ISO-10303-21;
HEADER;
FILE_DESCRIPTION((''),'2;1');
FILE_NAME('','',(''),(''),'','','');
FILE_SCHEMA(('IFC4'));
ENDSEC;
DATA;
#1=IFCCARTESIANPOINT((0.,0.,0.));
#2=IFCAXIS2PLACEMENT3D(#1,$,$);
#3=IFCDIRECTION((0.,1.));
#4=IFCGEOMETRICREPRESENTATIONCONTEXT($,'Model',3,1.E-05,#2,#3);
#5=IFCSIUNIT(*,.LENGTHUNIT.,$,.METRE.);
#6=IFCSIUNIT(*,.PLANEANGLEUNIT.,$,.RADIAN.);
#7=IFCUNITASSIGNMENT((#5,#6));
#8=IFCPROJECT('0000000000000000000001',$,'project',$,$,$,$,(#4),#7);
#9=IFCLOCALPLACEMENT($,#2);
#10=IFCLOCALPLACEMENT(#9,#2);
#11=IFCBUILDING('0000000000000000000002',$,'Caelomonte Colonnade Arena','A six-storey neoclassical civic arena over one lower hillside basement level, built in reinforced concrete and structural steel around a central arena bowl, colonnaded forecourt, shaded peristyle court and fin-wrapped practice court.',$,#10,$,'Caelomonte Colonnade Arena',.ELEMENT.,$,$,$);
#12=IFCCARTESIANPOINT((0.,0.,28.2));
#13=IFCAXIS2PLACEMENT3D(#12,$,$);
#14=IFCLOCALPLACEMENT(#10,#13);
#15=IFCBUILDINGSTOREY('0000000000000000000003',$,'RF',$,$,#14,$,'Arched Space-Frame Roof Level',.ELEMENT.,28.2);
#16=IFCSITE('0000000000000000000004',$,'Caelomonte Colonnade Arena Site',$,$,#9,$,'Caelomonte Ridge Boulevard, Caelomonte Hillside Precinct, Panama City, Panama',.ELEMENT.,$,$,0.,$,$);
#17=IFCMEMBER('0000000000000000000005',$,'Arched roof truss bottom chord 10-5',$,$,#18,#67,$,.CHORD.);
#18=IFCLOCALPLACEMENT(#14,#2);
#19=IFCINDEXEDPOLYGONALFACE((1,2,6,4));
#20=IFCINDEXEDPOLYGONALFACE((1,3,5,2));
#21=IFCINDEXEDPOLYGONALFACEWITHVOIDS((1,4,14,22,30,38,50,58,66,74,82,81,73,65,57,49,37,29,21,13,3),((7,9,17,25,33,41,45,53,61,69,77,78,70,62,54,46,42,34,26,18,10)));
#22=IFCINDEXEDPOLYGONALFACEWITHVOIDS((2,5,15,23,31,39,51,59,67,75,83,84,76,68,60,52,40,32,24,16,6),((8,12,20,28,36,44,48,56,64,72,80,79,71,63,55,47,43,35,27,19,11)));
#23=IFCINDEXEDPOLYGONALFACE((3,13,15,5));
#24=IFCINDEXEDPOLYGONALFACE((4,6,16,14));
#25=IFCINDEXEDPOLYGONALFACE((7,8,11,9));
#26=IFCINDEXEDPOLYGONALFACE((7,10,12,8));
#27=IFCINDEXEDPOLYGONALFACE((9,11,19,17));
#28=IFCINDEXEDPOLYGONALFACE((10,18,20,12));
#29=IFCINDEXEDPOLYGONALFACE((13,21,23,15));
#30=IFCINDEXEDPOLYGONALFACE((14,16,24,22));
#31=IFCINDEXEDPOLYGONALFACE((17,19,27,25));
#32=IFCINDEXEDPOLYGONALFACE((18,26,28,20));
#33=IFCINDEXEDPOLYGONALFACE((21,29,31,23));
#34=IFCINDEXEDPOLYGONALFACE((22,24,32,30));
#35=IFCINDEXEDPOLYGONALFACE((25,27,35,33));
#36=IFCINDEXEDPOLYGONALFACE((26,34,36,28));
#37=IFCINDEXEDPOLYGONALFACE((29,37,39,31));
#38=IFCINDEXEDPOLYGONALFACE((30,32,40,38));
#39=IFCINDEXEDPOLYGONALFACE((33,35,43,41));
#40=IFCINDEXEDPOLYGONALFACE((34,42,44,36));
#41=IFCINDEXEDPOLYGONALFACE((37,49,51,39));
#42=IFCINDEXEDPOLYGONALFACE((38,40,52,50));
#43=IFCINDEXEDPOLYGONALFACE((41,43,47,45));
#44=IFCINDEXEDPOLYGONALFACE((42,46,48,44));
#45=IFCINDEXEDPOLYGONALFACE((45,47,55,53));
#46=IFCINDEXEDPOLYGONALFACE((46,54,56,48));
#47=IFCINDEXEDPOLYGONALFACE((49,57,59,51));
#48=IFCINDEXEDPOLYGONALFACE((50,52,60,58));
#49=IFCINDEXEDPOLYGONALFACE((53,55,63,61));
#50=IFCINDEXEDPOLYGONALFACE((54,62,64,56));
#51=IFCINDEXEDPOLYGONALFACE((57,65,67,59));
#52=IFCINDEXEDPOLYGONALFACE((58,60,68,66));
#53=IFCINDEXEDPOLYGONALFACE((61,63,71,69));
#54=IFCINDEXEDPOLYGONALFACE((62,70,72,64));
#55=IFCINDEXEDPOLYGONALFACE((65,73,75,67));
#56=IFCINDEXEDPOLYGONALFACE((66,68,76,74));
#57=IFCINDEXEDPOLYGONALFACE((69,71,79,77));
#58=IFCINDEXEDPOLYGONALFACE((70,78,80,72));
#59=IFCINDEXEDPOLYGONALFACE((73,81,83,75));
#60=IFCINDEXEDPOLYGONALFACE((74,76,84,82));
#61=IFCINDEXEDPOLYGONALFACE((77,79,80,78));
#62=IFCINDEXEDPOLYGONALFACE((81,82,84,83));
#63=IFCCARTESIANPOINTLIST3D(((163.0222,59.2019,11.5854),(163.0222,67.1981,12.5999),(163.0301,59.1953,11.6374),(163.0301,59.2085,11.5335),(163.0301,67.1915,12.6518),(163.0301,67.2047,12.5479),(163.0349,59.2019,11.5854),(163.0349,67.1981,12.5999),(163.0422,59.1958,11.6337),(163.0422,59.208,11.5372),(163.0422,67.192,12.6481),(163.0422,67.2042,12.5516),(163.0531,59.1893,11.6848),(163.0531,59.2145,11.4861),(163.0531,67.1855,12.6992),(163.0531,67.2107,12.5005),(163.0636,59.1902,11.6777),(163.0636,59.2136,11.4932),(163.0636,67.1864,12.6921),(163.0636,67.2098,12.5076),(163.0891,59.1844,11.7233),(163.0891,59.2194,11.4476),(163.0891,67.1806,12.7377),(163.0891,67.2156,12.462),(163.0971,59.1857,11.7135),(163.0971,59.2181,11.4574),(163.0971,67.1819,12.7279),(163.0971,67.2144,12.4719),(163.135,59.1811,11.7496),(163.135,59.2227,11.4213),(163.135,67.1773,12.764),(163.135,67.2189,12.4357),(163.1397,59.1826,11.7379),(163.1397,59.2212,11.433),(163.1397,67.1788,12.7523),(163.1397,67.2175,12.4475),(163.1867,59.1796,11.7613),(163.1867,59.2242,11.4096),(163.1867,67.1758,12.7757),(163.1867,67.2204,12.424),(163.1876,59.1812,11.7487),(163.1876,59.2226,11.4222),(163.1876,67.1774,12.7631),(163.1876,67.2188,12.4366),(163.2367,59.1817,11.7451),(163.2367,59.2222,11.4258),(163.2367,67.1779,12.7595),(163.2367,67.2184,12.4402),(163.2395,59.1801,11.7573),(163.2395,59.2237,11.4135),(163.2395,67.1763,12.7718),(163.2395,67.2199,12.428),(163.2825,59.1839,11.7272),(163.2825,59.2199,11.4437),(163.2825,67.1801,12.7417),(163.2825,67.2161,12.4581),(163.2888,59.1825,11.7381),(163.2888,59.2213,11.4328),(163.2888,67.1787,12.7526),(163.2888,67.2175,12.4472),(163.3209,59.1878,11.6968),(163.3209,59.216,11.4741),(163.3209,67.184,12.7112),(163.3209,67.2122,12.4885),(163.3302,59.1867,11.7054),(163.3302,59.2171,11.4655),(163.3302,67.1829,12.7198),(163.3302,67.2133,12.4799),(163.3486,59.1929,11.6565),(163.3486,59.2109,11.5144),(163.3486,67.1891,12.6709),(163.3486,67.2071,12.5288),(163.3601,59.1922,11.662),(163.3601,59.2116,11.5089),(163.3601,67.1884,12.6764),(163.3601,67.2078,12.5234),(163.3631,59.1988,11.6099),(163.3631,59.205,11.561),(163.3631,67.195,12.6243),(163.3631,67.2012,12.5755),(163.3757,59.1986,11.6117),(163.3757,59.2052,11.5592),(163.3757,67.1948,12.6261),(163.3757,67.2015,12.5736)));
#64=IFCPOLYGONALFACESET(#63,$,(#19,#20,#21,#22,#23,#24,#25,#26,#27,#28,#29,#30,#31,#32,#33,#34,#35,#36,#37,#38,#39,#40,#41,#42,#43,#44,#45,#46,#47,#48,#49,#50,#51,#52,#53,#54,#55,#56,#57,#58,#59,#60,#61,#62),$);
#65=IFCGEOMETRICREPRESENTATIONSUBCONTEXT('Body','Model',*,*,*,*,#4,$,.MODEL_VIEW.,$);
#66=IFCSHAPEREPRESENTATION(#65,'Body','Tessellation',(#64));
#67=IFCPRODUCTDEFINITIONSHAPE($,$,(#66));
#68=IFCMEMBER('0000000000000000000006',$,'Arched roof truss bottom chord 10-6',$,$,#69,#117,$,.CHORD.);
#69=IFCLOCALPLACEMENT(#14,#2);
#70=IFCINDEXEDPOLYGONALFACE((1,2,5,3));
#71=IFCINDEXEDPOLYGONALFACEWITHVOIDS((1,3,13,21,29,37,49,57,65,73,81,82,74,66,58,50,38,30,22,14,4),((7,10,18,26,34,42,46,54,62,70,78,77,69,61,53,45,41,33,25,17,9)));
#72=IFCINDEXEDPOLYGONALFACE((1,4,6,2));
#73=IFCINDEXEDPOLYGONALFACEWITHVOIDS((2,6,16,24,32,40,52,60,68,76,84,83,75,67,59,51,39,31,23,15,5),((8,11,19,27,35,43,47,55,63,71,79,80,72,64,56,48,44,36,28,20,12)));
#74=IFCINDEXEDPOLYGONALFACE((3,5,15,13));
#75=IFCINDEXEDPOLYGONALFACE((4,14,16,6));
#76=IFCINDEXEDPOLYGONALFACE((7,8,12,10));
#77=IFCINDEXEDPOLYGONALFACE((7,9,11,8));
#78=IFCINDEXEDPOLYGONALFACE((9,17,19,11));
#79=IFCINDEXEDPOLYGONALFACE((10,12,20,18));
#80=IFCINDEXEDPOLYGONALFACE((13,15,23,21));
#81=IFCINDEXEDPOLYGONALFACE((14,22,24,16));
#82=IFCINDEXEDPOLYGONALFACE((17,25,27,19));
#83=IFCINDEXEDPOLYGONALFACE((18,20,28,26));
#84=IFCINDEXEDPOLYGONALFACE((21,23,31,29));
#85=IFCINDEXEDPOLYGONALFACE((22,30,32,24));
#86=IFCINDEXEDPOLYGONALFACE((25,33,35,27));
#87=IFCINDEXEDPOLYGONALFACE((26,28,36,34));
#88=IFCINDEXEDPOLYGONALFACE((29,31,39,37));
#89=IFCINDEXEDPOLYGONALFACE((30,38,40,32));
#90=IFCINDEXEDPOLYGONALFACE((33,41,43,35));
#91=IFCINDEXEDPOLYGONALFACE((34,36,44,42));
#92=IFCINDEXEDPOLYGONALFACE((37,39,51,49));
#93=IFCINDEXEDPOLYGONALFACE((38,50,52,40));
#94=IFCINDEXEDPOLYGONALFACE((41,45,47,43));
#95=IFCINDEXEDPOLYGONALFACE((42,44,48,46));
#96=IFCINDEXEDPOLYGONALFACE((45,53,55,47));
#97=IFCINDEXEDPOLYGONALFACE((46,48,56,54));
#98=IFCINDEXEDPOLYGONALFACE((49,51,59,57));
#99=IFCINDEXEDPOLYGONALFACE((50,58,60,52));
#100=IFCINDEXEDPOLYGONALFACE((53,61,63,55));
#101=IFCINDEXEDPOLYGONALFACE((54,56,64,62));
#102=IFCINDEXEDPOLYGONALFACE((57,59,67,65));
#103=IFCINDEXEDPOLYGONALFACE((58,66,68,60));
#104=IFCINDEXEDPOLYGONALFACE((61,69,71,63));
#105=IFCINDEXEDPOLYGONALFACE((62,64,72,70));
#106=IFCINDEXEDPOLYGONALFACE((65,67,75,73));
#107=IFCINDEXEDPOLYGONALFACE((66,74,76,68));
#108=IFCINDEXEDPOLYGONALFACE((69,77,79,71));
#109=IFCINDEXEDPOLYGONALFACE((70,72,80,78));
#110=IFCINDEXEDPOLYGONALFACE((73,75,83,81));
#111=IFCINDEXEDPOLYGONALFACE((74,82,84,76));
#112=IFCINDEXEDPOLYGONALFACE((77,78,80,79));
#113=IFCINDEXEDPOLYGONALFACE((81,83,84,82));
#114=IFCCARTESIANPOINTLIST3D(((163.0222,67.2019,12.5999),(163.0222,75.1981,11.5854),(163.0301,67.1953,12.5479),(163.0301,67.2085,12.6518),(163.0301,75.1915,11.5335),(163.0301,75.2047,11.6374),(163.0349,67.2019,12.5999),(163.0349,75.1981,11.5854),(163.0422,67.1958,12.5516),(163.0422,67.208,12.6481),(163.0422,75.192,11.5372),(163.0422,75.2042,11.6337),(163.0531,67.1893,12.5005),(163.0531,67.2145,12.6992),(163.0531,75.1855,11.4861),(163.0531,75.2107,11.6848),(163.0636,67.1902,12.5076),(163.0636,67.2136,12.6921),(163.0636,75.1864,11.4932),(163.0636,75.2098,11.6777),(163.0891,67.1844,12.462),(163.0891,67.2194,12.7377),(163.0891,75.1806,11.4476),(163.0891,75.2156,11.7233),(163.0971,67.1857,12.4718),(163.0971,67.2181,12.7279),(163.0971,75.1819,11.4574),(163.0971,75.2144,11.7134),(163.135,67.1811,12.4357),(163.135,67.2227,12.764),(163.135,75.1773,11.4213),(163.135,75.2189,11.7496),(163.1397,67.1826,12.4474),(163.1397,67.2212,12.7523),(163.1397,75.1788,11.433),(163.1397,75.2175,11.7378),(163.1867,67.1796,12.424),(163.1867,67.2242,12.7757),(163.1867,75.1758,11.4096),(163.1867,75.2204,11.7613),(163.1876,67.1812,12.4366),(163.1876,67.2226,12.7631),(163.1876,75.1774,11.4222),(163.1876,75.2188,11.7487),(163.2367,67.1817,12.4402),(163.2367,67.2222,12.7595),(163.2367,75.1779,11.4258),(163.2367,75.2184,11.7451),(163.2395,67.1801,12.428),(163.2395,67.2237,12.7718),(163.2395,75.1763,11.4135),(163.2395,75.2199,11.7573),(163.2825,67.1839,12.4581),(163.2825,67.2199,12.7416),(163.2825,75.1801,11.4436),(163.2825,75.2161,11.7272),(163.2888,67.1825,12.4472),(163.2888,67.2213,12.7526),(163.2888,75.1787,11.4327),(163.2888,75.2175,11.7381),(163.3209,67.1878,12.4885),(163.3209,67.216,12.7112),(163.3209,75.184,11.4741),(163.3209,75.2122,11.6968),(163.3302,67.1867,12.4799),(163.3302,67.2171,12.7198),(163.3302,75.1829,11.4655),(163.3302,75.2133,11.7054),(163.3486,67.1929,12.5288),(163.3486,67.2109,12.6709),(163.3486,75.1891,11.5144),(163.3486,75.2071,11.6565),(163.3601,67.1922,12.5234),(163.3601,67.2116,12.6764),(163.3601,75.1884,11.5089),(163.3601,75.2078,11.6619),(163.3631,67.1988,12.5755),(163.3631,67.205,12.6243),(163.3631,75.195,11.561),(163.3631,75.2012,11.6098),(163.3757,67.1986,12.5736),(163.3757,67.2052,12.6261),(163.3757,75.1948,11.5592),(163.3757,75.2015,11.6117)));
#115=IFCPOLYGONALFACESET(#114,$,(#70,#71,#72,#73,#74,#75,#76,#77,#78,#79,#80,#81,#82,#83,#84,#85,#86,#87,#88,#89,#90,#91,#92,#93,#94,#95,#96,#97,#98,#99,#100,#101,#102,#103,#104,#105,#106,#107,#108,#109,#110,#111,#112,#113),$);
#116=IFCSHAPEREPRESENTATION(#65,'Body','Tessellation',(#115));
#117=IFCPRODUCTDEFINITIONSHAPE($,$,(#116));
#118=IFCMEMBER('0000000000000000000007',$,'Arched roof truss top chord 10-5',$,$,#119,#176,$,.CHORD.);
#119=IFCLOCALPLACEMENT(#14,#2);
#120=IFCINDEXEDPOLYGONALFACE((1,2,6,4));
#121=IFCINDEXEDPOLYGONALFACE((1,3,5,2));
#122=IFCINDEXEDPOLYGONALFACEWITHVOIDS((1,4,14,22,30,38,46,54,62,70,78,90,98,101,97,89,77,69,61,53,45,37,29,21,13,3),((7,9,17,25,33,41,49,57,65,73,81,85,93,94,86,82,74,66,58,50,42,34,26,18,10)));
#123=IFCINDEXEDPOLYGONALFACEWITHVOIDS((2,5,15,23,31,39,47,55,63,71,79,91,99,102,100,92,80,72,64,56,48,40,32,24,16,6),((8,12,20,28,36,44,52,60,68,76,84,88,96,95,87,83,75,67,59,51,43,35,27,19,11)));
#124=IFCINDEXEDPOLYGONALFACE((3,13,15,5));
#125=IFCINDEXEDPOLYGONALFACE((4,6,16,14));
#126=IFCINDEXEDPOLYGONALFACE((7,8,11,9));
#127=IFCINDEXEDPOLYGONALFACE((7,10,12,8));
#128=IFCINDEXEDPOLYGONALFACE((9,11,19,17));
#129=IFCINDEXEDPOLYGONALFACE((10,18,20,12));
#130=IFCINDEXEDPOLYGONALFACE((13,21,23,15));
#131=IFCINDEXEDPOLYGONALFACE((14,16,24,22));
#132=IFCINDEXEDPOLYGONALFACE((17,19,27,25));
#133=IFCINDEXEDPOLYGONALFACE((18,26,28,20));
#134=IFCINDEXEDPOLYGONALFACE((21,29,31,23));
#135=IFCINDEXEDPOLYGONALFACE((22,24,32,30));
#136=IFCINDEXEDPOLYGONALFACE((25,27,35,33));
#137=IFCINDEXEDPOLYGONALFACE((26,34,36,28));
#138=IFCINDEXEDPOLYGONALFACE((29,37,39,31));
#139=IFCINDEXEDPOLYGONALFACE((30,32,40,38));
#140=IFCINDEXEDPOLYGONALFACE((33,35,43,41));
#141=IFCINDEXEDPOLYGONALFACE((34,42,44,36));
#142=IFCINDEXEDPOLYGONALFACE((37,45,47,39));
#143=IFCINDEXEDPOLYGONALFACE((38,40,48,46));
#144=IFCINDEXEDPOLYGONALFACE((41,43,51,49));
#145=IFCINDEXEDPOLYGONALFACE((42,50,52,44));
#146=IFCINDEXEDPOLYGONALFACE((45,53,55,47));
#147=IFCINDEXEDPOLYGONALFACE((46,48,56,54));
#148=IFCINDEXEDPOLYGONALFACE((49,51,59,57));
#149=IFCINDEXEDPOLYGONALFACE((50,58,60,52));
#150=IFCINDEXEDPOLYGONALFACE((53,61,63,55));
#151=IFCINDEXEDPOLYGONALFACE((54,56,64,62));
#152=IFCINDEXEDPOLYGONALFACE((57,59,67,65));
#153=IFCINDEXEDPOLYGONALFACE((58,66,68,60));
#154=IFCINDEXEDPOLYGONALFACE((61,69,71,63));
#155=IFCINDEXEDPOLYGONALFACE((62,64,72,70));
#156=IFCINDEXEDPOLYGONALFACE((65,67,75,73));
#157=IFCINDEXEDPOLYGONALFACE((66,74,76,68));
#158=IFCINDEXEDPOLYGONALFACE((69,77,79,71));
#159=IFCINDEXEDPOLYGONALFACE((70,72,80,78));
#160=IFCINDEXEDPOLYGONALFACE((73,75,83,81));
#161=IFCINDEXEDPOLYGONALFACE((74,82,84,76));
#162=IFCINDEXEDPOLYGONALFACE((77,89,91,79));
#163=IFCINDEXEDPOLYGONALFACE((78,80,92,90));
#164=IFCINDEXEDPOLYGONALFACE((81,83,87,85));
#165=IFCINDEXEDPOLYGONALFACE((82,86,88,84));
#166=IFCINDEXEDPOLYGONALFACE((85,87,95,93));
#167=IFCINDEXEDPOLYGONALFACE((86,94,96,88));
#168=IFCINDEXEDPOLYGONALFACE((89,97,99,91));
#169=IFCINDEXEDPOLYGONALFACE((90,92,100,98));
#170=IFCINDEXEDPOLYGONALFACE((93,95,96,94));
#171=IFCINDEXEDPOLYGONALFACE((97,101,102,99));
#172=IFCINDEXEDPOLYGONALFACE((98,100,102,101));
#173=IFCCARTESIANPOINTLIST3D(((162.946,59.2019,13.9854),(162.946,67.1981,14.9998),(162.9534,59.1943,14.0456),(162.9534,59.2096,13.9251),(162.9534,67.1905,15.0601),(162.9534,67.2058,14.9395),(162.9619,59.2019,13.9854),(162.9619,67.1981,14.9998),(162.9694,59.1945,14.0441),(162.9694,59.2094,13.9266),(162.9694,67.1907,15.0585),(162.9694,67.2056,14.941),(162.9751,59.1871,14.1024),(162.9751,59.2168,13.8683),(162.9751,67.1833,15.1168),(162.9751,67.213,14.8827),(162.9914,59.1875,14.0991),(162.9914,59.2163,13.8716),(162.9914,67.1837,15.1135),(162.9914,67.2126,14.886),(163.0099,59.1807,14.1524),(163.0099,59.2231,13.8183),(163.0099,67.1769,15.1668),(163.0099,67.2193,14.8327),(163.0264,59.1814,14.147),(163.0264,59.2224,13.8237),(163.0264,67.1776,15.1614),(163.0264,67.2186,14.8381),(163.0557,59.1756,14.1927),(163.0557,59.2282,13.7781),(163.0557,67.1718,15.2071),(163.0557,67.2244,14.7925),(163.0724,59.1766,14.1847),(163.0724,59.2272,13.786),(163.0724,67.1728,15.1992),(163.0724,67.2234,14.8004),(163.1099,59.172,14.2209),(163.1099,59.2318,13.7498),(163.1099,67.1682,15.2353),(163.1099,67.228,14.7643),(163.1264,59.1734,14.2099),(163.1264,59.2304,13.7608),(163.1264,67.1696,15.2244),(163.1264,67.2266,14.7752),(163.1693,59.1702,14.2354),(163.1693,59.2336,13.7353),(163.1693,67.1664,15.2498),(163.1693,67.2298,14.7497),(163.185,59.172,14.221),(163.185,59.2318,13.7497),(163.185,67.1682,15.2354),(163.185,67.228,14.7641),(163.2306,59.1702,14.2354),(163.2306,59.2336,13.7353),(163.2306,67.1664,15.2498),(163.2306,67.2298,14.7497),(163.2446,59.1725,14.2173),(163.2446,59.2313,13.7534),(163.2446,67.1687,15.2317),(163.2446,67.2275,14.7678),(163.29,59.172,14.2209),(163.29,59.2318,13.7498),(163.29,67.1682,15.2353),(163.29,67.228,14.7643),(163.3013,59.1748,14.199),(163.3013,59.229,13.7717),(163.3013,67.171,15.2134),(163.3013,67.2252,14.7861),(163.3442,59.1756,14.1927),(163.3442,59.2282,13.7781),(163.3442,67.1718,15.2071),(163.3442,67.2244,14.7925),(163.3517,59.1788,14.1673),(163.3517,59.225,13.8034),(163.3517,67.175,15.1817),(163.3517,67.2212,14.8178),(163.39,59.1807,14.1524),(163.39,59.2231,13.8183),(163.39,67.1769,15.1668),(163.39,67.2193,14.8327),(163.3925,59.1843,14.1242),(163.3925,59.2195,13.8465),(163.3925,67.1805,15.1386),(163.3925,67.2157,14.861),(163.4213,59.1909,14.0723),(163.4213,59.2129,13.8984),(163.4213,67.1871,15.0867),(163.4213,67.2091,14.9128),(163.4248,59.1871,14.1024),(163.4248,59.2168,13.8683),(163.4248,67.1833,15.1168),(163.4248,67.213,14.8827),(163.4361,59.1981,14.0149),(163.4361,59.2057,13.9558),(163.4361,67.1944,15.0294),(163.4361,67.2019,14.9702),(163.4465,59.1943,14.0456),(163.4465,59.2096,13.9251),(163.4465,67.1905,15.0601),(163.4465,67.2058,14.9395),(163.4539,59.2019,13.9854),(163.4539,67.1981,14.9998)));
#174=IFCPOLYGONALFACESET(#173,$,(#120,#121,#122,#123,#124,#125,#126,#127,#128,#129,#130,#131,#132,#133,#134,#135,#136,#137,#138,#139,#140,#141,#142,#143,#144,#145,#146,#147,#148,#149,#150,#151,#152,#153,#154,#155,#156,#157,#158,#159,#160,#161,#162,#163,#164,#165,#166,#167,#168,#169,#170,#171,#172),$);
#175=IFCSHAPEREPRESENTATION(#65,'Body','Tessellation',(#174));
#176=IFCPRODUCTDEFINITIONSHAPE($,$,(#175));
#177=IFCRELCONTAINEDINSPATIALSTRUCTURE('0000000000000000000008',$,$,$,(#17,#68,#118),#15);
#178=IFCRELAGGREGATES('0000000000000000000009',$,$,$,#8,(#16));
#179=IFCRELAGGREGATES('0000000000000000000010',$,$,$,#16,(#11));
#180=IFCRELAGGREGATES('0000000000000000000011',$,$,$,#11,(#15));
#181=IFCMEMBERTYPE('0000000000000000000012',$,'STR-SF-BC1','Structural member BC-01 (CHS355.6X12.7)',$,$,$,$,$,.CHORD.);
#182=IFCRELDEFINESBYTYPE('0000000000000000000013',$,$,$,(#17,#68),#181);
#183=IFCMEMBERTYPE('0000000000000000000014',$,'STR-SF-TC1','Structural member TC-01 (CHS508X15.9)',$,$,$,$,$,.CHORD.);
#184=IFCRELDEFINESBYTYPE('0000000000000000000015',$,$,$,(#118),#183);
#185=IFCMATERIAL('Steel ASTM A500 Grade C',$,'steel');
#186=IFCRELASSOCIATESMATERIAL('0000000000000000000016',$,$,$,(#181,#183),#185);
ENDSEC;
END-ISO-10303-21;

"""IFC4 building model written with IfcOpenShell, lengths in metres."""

from ifc_helpers import new_model, si_unit, direction, frame, origin, origin_2d, place, context, subcontext, project, spatial, hollow_circle, extrude, material, material_profile, profile_set, type_object, element, save


model = new_model("IFC4")

# Units and contexts
model_context = context("Model", 3, precision=1e-05, world=origin(), true_north=direction((0.0, 1.0)))
body_context = subcontext(model_context, "Body", "Model", "MODEL_VIEW")
ifc_project = project(units=[si_unit("LENGTHUNIT", "METRE"), si_unit("PLANEANGLEUNIT", "RADIAN")], contexts=[model_context])

# Site, building, storey
site_placement = place(None, origin())
site = spatial("IfcSite", under=ifc_project, at=site_placement, Name="Caelomonte Colonnade Arena Site", LongName="Caelomonte Ridge Boulevard, Caelomonte Hillside Precinct, Panama City, Panama", CompositionType="ELEMENT", RefElevation=0.0)
building_placement = place(site_placement, origin())
building = spatial("IfcBuilding", under=site, at=building_placement, Name="Caelomonte Colonnade Arena", Description="A six-storey neoclassical civic arena over one lower hillside basement level, built in reinforced concrete and structural steel around a central arena bowl, colonnaded forecourt, shaded peristyle court and fin-wrapped practice court.", LongName="Caelomonte Colonnade Arena", CompositionType="ELEMENT")
storey_placement = place(building_placement, frame((0.0, 0.0, 28.2)))
storey = spatial("IfcBuildingStorey", under=building, at=storey_placement, Name="RF", LongName="Arched Space-Frame Roof Level", CompositionType="ELEMENT", Elevation=28.2)

# Members
ifc_material_1 = material(Name="Steel ASTM A500 Grade C", Category="steel")
ifc_material_profile_1 = material_profile(ifc_material_1, hollow_circle(Radius=0.1777, WallThickness=0.0127, at=origin_2d()), Name="CHS355.6X12.7")
ifc_profile_set_1 = profile_set([ifc_material_profile_1], Name="Steel ASTM A500 Grade C")
member_type_1 = type_object("IfcMemberType", Name="STR-SF-BC1", Description="Structural member BC-01 (CHS355.6X12.7)", PredefinedType="CHORD", material=ifc_profile_set_1)
for number, where, z_axis, x_axis, name in (
    (1, (163.2, 59.2019, 11.5854), (0.0, 0.992049, 0.125854), (-1.0, 0.0, 0.0), "Arched roof truss bottom chord 10-5"),
    (2, (163.2, 67.2019, 12.5999), (0.0, 0.992049, -0.125854), (-1.0, 0.0, 0.0), "Arched roof truss bottom chord 10-6"),
):
    element("IfcMember", number, at=place(storey_placement, frame(where, z_axis=z_axis, x_axis=x_axis)), inside=storey, type_object=member_type_1, Name=name, PredefinedType="CHORD", context=body_context, shape_type="SweptSolid", body=[
        extrude(hollow_circle(Radius=0.1777, WallThickness=0.0127, at=origin_2d()), origin(), (0.0, 0.0, 1.0), 8.0603),
    ])
ifc_material_profile_2 = material_profile(ifc_material_1, hollow_circle(Radius=0.2539, WallThickness=0.0159, at=origin_2d()), Name="CHS508X15.9")
ifc_profile_set_2 = profile_set([ifc_material_profile_2], Name="Steel ASTM A500 Grade C")
member_type_2 = type_object("IfcMemberType", Name="STR-SF-TC1", Description="Structural member TC-01 (CHS508X15.9)", PredefinedType="CHORD", material=ifc_profile_set_2)
for number, where, z_axis, x_axis, name in (
    (3, (163.2, 59.2019, 13.9854), (0.0, 0.992049, 0.125854), (-1.0, 0.0, 0.0), "Arched roof truss top chord 10-5"),
):
    element("IfcMember", number, at=place(storey_placement, frame(where, z_axis=z_axis, x_axis=x_axis)), inside=storey, type_object=member_type_2, Name=name, PredefinedType="CHORD", context=body_context, shape_type="SweptSolid", body=[
        extrude(hollow_circle(Radius=0.2539, WallThickness=0.0159, at=origin_2d()), origin(), (0.0, 0.0, 1.0), 8.0603),
    ])

save(model, "model.ifc")
